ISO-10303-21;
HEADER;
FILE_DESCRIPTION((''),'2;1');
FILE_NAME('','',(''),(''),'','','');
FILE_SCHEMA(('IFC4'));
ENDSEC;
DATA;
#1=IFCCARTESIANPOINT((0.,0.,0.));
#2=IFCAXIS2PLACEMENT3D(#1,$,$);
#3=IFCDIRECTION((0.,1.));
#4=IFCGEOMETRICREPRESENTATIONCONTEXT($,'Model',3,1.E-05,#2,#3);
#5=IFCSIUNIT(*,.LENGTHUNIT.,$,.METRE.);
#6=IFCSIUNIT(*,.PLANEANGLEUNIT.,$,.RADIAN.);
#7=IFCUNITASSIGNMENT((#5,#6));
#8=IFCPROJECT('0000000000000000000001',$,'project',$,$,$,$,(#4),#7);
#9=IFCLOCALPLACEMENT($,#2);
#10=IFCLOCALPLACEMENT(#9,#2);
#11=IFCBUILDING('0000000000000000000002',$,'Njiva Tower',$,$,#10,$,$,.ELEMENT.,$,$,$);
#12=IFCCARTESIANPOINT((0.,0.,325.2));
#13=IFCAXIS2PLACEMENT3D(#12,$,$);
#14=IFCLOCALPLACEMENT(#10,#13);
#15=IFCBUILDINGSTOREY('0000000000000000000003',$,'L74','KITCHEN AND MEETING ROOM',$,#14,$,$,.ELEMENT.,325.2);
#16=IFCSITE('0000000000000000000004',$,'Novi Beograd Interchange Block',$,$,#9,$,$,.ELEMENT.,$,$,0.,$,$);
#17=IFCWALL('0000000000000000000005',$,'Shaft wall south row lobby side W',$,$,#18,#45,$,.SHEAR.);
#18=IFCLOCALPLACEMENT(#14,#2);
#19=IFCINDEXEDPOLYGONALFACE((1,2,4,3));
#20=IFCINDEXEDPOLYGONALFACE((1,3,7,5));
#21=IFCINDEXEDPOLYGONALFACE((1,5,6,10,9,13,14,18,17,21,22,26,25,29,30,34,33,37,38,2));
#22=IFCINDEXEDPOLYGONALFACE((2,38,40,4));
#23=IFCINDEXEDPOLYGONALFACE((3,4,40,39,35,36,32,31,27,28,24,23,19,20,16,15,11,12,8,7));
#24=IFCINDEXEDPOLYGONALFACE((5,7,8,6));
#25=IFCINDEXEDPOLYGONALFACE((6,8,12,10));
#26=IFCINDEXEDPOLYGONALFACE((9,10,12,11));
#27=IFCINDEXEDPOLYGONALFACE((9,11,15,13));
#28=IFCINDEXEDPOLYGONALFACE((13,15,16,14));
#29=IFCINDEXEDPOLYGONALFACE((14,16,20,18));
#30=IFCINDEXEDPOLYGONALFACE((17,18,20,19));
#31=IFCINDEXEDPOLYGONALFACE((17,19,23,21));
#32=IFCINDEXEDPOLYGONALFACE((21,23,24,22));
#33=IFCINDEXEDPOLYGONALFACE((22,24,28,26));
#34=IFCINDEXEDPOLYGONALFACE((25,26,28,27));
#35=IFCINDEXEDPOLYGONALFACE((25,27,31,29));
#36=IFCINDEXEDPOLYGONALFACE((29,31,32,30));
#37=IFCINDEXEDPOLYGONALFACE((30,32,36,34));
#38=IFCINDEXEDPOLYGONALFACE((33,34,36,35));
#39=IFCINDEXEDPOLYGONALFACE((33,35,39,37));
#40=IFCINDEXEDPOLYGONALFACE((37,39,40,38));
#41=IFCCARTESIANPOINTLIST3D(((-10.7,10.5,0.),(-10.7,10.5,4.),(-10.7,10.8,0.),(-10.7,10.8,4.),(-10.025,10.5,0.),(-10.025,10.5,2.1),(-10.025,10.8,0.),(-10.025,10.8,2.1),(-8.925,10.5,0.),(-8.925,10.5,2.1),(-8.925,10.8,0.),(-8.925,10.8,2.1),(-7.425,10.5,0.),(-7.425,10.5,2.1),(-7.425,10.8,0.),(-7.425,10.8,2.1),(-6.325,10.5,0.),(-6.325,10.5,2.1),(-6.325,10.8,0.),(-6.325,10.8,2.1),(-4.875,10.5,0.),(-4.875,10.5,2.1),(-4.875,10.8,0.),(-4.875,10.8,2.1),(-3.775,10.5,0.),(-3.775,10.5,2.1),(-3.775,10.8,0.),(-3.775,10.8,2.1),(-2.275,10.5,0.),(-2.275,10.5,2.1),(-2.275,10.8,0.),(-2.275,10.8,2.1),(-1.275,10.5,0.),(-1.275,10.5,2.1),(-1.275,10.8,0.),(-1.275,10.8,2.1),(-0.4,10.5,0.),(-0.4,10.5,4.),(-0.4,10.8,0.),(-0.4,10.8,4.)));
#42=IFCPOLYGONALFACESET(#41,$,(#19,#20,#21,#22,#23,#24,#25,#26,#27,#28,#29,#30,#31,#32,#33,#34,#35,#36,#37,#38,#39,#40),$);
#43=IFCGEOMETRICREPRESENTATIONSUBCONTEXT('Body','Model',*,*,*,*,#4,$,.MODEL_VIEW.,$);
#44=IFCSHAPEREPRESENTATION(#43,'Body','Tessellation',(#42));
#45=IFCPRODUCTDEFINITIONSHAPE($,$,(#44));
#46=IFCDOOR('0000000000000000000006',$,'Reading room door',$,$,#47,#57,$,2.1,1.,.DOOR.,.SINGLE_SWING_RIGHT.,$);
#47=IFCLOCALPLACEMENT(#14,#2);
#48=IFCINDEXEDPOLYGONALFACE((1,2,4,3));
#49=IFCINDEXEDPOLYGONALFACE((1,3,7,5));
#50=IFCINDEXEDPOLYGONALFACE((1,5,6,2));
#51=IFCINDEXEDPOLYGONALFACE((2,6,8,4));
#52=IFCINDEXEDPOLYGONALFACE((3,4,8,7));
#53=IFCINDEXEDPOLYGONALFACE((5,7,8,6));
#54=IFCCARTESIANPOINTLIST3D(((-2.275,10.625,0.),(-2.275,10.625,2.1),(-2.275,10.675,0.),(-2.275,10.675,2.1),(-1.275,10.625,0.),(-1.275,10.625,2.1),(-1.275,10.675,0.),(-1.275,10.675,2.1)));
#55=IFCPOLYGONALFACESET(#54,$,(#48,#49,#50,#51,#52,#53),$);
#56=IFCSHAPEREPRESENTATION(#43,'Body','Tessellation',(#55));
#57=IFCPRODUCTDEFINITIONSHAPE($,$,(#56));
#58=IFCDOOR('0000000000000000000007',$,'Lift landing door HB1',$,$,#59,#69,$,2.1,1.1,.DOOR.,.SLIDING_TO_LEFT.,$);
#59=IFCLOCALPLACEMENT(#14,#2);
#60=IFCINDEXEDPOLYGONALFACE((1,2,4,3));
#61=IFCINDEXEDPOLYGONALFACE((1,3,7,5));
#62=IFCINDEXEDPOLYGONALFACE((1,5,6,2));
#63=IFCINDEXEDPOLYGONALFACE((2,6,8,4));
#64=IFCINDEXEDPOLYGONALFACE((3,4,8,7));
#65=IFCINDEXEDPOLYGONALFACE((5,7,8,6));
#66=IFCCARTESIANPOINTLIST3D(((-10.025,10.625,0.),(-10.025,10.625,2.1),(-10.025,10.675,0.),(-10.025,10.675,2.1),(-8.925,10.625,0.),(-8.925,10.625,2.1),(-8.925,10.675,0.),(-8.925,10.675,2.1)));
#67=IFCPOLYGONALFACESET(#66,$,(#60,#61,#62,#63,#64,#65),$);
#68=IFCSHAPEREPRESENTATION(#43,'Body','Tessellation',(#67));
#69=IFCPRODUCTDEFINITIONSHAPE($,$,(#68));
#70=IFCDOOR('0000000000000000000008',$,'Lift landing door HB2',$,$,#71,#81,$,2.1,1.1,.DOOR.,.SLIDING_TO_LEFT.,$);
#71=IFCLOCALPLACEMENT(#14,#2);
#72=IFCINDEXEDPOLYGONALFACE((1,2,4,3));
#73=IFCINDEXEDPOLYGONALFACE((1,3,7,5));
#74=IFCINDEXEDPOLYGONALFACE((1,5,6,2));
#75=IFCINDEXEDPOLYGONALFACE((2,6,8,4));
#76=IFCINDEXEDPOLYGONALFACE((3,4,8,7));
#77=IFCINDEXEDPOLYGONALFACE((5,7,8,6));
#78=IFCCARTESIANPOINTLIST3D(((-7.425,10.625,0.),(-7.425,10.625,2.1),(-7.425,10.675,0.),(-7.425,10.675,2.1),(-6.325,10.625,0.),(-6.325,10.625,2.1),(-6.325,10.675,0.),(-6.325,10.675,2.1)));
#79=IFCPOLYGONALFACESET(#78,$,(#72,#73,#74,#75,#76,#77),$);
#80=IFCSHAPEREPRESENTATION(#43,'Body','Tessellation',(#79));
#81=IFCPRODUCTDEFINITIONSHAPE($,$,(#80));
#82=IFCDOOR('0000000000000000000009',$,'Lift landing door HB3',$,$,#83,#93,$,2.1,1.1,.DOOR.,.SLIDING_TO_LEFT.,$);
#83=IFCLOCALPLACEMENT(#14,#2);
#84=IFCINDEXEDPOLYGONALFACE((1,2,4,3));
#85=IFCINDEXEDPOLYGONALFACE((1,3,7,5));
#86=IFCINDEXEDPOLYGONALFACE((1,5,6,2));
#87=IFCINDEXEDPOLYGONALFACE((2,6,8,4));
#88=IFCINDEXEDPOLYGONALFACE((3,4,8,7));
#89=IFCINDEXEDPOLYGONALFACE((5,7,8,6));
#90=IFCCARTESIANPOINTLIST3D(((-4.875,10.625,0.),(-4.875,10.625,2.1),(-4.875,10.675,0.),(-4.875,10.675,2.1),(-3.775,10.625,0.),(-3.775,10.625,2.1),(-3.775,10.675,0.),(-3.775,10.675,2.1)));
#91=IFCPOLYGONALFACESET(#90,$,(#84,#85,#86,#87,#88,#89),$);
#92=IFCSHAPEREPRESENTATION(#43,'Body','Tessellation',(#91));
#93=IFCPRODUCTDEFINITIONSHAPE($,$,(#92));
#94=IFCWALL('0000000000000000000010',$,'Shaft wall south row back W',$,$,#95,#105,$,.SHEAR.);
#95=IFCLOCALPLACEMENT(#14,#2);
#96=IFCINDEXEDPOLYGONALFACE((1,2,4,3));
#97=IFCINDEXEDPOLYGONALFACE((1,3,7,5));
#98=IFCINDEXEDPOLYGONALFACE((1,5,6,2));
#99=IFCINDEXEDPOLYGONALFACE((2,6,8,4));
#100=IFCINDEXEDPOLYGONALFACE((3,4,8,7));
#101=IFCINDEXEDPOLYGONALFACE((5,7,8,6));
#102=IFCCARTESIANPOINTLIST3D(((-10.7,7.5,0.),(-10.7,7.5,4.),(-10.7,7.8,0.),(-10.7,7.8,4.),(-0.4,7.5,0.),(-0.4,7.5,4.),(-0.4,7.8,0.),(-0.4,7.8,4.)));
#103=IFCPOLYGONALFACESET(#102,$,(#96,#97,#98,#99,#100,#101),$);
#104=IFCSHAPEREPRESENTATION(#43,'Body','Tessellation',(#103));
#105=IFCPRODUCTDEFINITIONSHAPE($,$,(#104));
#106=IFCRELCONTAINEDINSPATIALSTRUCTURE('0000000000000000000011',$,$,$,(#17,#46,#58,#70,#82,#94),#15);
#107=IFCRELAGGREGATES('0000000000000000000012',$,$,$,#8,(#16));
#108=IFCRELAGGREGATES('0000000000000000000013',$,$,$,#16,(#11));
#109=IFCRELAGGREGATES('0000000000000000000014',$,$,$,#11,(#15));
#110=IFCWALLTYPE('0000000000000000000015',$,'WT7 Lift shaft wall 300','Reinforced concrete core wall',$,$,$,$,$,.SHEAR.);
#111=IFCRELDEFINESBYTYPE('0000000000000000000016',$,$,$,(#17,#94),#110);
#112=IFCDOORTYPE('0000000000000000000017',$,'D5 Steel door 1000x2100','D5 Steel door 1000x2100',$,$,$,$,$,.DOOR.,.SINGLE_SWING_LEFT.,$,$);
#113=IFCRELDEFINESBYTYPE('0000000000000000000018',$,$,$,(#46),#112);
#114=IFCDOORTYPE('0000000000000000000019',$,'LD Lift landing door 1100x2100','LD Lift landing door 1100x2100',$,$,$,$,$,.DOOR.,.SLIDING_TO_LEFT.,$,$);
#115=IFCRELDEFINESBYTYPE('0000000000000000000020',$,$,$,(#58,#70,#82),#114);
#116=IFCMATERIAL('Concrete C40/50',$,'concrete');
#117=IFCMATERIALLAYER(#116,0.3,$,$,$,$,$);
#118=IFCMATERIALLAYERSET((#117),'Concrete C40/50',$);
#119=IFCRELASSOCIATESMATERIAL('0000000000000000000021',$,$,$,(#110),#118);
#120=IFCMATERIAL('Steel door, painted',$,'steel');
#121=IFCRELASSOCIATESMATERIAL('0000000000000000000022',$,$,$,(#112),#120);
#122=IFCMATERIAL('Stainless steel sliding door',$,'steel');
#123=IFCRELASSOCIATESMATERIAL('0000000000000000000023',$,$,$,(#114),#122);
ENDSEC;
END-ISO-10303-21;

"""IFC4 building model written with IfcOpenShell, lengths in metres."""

from ifc_helpers import new_model, si_unit, direction, frame, frame_2d, origin, place, context, subcontext, project, spatial, rectangle, extrude, material, layer, layer_set, type_object, element, fill, save


model = new_model("IFC4")

# Units and contexts
model_context = context("Model", 3, precision=1e-05, world=origin(), true_north=direction((0.0, 1.0)))
body_context = subcontext(model_context, "Body", "Model", "MODEL_VIEW")
ifc_project = project(units=[si_unit("LENGTHUNIT", "METRE"), si_unit("PLANEANGLEUNIT", "RADIAN")], contexts=[model_context])

# Site, building, storey
site_placement = place(None, origin())
site = spatial("IfcSite", under=ifc_project, at=site_placement, Name="Novi Beograd Interchange Block", CompositionType="ELEMENT", RefElevation=0.0)
building_placement = place(site_placement, origin())
building = spatial("IfcBuilding", under=site, at=building_placement, Name="Njiva Tower", CompositionType="ELEMENT")
storey_placement = place(building_placement, frame((0.0, 0.0, 325.2)))
storey = spatial("IfcBuildingStorey", under=building, at=storey_placement, Name="L74", Description="KITCHEN AND MEETING ROOM", CompositionType="ELEMENT", Elevation=325.2)

# Shared definitions
ifc_material_1 = material(Name="Concrete C40/50", Category="concrete")

# Wall, openings, doors
ifc_layer_1 = layer(ifc_material_1, 0.3)
ifc_layer_set_1 = layer_set([ifc_layer_1], Name="Concrete C40/50")
wall_type_1 = type_object("IfcWallType", Name="WT7 Lift shaft wall 300", Description="Reinforced concrete core wall", PredefinedType="SHEAR", material=ifc_layer_set_1)
ifc_material_2 = material(Name="Steel door, painted", Category="steel")
door_type_1 = type_object("IfcDoorType", Name="D5 Steel door 1000x2100", Description="D5 Steel door 1000x2100", OperationType="SINGLE_SWING_LEFT", PredefinedType="DOOR", material=ifc_material_2)
ifc_material_3 = material(Name="Stainless steel sliding door", Category="steel")
door_type_2 = type_object("IfcDoorType", Name="LD Lift landing door 1100x2100", Description="LD Lift landing door 1100x2100", OperationType="SLIDING_TO_LEFT", PredefinedType="DOOR", material=ifc_material_3)
wall_1_placement = place(storey_placement, frame((-10.7, 10.65, 0.0), z_axis=(0.0, 0.0, 1.0), x_axis=(1.0, 0.0, 0.0)))
wall_1 = element("IfcWall", 1, at=wall_1_placement, inside=storey, type_object=wall_type_1, Name="Shaft wall south row lobby side W", PredefinedType="SHEAR", context=body_context, shape_type="SweptSolid", body=[
    extrude(rectangle(XDim=10.3, YDim=0.3, at=frame_2d((5.15, 0.0))), origin(), (0.0, 0.0, 1.0), 4.0),
])
opening_1_placement = place(wall_1_placement, frame((0.675, 0.0, 0.0)))
opening_1 = element("IfcOpeningElement", 2, at=opening_1_placement, cuts=wall_1, PredefinedType="OPENING", context=body_context, shape_type="SweptSolid", body=[
    extrude(rectangle(XDim=1.1, YDim=2.1, at=frame_2d((0.55, 1.05))), frame((0.0, 0.16, 0.0), z_axis=(0.0, -1.0, 0.0), x_axis=(1.0, 0.0, 0.0)), (0.0, 0.0, 1.0), 0.32),
])
opening_2_placement = place(wall_1_placement, frame((3.275, 0.0, 0.0)))
opening_2 = element("IfcOpeningElement", 3, at=opening_2_placement, cuts=wall_1, PredefinedType="OPENING", context=body_context, shape_type="SweptSolid", body=[
    extrude(rectangle(XDim=1.1, YDim=2.1, at=frame_2d((0.55, 1.05))), frame((0.0, 0.16, 0.0), z_axis=(0.0, -1.0, 0.0), x_axis=(1.0, 0.0, 0.0)), (0.0, 0.0, 1.0), 0.32),
])
opening_3_placement = place(wall_1_placement, frame((5.825, 0.0, 0.0)))
opening_3 = element("IfcOpeningElement", 4, at=opening_3_placement, cuts=wall_1, PredefinedType="OPENING", context=body_context, shape_type="SweptSolid", body=[
    extrude(rectangle(XDim=1.1, YDim=2.1, at=frame_2d((0.55, 1.05))), frame((0.0, 0.16, 0.0), z_axis=(0.0, -1.0, 0.0), x_axis=(1.0, 0.0, 0.0)), (0.0, 0.0, 1.0), 0.32),
])
opening_4_placement = place(wall_1_placement, frame((8.425, 0.0, 0.0)))
opening_4 = element("IfcOpeningElement", 5, at=opening_4_placement, cuts=wall_1, PredefinedType="OPENING", context=body_context, shape_type="SweptSolid", body=[
    extrude(rectangle(XDim=1.0, YDim=2.1, at=frame_2d((0.5, 1.05))), frame((0.0, 0.16, 0.0), z_axis=(0.0, -1.0, 0.0), x_axis=(1.0, 0.0, 0.0)), (0.0, 0.0, 1.0), 0.32),
])
door_1_placement = place(opening_4_placement, origin())
door_1 = element("IfcDoor", 6, at=door_1_placement, inside=storey, type_object=door_type_1, Name="Reading room door", OperationType="SINGLE_SWING_RIGHT", OverallHeight=2.1, OverallWidth=1.0, PredefinedType="DOOR", context=body_context, shape_type="SweptSolid", body=[
    extrude(rectangle(XDim=1.0, YDim=2.1, at=frame_2d((0.5, 1.05))), frame((0.0, 0.025, 0.0), z_axis=(0.0, -1.0, 0.0), x_axis=(1.0, 0.0, 0.0)), (0.0, 0.0, 1.0), 0.05),
])
fill(opening_4, door_1)
door_2_placement = place(opening_1_placement, origin())
door_2 = element("IfcDoor", 7, at=door_2_placement, inside=storey, type_object=door_type_2, Name="Lift landing door HB1", OperationType="SLIDING_TO_LEFT", OverallHeight=2.1, OverallWidth=1.1, PredefinedType="DOOR", context=body_context, shape_type="SweptSolid", body=[
    extrude(rectangle(XDim=1.1, YDim=2.1, at=frame_2d((0.55, 1.05))), frame((0.0, 0.025, 0.0), z_axis=(0.0, -1.0, 0.0), x_axis=(1.0, 0.0, 0.0)), (0.0, 0.0, 1.0), 0.05),
])
fill(opening_1, door_2)
door_3_placement = place(opening_2_placement, origin())
door_3 = element("IfcDoor", 8, at=door_3_placement, inside=storey, type_object=door_type_2, Name="Lift landing door HB2", OperationType="SLIDING_TO_LEFT", OverallHeight=2.1, OverallWidth=1.1, PredefinedType="DOOR", context=body_context, shape_type="SweptSolid", body=[
    extrude(rectangle(XDim=1.1, YDim=2.1, at=frame_2d((0.55, 1.05))), frame((0.0, 0.025, 0.0), z_axis=(0.0, -1.0, 0.0), x_axis=(1.0, 0.0, 0.0)), (0.0, 0.0, 1.0), 0.05),
])
fill(opening_2, door_3)
door_4_placement = place(opening_3_placement, origin())
door_4 = element("IfcDoor", 9, at=door_4_placement, inside=storey, type_object=door_type_2, Name="Lift landing door HB3", OperationType="SLIDING_TO_LEFT", OverallHeight=2.1, OverallWidth=1.1, PredefinedType="DOOR", context=body_context, shape_type="SweptSolid", body=[
    extrude(rectangle(XDim=1.1, YDim=2.1, at=frame_2d((0.55, 1.05))), frame((0.0, 0.025, 0.0), z_axis=(0.0, -1.0, 0.0), x_axis=(1.0, 0.0, 0.0)), (0.0, 0.0, 1.0), 0.05),
])
fill(opening_3, door_4)

# Wall
wall_2_placement = place(storey_placement, frame((-10.7, 7.65, 0.0), z_axis=(0.0, 0.0, 1.0), x_axis=(1.0, 0.0, 0.0)))
element("IfcWall", 10, at=wall_2_placement, inside=storey, type_object=wall_type_1, Name="Shaft wall south row back W", PredefinedType="SHEAR", context=body_context, shape_type="SweptSolid", body=[
    extrude(rectangle(XDim=10.3, YDim=0.3, at=frame_2d((5.15, 0.0))), origin(), (0.0, 0.0, 1.0), 4.0),
])

save(model, "model.ifc")
